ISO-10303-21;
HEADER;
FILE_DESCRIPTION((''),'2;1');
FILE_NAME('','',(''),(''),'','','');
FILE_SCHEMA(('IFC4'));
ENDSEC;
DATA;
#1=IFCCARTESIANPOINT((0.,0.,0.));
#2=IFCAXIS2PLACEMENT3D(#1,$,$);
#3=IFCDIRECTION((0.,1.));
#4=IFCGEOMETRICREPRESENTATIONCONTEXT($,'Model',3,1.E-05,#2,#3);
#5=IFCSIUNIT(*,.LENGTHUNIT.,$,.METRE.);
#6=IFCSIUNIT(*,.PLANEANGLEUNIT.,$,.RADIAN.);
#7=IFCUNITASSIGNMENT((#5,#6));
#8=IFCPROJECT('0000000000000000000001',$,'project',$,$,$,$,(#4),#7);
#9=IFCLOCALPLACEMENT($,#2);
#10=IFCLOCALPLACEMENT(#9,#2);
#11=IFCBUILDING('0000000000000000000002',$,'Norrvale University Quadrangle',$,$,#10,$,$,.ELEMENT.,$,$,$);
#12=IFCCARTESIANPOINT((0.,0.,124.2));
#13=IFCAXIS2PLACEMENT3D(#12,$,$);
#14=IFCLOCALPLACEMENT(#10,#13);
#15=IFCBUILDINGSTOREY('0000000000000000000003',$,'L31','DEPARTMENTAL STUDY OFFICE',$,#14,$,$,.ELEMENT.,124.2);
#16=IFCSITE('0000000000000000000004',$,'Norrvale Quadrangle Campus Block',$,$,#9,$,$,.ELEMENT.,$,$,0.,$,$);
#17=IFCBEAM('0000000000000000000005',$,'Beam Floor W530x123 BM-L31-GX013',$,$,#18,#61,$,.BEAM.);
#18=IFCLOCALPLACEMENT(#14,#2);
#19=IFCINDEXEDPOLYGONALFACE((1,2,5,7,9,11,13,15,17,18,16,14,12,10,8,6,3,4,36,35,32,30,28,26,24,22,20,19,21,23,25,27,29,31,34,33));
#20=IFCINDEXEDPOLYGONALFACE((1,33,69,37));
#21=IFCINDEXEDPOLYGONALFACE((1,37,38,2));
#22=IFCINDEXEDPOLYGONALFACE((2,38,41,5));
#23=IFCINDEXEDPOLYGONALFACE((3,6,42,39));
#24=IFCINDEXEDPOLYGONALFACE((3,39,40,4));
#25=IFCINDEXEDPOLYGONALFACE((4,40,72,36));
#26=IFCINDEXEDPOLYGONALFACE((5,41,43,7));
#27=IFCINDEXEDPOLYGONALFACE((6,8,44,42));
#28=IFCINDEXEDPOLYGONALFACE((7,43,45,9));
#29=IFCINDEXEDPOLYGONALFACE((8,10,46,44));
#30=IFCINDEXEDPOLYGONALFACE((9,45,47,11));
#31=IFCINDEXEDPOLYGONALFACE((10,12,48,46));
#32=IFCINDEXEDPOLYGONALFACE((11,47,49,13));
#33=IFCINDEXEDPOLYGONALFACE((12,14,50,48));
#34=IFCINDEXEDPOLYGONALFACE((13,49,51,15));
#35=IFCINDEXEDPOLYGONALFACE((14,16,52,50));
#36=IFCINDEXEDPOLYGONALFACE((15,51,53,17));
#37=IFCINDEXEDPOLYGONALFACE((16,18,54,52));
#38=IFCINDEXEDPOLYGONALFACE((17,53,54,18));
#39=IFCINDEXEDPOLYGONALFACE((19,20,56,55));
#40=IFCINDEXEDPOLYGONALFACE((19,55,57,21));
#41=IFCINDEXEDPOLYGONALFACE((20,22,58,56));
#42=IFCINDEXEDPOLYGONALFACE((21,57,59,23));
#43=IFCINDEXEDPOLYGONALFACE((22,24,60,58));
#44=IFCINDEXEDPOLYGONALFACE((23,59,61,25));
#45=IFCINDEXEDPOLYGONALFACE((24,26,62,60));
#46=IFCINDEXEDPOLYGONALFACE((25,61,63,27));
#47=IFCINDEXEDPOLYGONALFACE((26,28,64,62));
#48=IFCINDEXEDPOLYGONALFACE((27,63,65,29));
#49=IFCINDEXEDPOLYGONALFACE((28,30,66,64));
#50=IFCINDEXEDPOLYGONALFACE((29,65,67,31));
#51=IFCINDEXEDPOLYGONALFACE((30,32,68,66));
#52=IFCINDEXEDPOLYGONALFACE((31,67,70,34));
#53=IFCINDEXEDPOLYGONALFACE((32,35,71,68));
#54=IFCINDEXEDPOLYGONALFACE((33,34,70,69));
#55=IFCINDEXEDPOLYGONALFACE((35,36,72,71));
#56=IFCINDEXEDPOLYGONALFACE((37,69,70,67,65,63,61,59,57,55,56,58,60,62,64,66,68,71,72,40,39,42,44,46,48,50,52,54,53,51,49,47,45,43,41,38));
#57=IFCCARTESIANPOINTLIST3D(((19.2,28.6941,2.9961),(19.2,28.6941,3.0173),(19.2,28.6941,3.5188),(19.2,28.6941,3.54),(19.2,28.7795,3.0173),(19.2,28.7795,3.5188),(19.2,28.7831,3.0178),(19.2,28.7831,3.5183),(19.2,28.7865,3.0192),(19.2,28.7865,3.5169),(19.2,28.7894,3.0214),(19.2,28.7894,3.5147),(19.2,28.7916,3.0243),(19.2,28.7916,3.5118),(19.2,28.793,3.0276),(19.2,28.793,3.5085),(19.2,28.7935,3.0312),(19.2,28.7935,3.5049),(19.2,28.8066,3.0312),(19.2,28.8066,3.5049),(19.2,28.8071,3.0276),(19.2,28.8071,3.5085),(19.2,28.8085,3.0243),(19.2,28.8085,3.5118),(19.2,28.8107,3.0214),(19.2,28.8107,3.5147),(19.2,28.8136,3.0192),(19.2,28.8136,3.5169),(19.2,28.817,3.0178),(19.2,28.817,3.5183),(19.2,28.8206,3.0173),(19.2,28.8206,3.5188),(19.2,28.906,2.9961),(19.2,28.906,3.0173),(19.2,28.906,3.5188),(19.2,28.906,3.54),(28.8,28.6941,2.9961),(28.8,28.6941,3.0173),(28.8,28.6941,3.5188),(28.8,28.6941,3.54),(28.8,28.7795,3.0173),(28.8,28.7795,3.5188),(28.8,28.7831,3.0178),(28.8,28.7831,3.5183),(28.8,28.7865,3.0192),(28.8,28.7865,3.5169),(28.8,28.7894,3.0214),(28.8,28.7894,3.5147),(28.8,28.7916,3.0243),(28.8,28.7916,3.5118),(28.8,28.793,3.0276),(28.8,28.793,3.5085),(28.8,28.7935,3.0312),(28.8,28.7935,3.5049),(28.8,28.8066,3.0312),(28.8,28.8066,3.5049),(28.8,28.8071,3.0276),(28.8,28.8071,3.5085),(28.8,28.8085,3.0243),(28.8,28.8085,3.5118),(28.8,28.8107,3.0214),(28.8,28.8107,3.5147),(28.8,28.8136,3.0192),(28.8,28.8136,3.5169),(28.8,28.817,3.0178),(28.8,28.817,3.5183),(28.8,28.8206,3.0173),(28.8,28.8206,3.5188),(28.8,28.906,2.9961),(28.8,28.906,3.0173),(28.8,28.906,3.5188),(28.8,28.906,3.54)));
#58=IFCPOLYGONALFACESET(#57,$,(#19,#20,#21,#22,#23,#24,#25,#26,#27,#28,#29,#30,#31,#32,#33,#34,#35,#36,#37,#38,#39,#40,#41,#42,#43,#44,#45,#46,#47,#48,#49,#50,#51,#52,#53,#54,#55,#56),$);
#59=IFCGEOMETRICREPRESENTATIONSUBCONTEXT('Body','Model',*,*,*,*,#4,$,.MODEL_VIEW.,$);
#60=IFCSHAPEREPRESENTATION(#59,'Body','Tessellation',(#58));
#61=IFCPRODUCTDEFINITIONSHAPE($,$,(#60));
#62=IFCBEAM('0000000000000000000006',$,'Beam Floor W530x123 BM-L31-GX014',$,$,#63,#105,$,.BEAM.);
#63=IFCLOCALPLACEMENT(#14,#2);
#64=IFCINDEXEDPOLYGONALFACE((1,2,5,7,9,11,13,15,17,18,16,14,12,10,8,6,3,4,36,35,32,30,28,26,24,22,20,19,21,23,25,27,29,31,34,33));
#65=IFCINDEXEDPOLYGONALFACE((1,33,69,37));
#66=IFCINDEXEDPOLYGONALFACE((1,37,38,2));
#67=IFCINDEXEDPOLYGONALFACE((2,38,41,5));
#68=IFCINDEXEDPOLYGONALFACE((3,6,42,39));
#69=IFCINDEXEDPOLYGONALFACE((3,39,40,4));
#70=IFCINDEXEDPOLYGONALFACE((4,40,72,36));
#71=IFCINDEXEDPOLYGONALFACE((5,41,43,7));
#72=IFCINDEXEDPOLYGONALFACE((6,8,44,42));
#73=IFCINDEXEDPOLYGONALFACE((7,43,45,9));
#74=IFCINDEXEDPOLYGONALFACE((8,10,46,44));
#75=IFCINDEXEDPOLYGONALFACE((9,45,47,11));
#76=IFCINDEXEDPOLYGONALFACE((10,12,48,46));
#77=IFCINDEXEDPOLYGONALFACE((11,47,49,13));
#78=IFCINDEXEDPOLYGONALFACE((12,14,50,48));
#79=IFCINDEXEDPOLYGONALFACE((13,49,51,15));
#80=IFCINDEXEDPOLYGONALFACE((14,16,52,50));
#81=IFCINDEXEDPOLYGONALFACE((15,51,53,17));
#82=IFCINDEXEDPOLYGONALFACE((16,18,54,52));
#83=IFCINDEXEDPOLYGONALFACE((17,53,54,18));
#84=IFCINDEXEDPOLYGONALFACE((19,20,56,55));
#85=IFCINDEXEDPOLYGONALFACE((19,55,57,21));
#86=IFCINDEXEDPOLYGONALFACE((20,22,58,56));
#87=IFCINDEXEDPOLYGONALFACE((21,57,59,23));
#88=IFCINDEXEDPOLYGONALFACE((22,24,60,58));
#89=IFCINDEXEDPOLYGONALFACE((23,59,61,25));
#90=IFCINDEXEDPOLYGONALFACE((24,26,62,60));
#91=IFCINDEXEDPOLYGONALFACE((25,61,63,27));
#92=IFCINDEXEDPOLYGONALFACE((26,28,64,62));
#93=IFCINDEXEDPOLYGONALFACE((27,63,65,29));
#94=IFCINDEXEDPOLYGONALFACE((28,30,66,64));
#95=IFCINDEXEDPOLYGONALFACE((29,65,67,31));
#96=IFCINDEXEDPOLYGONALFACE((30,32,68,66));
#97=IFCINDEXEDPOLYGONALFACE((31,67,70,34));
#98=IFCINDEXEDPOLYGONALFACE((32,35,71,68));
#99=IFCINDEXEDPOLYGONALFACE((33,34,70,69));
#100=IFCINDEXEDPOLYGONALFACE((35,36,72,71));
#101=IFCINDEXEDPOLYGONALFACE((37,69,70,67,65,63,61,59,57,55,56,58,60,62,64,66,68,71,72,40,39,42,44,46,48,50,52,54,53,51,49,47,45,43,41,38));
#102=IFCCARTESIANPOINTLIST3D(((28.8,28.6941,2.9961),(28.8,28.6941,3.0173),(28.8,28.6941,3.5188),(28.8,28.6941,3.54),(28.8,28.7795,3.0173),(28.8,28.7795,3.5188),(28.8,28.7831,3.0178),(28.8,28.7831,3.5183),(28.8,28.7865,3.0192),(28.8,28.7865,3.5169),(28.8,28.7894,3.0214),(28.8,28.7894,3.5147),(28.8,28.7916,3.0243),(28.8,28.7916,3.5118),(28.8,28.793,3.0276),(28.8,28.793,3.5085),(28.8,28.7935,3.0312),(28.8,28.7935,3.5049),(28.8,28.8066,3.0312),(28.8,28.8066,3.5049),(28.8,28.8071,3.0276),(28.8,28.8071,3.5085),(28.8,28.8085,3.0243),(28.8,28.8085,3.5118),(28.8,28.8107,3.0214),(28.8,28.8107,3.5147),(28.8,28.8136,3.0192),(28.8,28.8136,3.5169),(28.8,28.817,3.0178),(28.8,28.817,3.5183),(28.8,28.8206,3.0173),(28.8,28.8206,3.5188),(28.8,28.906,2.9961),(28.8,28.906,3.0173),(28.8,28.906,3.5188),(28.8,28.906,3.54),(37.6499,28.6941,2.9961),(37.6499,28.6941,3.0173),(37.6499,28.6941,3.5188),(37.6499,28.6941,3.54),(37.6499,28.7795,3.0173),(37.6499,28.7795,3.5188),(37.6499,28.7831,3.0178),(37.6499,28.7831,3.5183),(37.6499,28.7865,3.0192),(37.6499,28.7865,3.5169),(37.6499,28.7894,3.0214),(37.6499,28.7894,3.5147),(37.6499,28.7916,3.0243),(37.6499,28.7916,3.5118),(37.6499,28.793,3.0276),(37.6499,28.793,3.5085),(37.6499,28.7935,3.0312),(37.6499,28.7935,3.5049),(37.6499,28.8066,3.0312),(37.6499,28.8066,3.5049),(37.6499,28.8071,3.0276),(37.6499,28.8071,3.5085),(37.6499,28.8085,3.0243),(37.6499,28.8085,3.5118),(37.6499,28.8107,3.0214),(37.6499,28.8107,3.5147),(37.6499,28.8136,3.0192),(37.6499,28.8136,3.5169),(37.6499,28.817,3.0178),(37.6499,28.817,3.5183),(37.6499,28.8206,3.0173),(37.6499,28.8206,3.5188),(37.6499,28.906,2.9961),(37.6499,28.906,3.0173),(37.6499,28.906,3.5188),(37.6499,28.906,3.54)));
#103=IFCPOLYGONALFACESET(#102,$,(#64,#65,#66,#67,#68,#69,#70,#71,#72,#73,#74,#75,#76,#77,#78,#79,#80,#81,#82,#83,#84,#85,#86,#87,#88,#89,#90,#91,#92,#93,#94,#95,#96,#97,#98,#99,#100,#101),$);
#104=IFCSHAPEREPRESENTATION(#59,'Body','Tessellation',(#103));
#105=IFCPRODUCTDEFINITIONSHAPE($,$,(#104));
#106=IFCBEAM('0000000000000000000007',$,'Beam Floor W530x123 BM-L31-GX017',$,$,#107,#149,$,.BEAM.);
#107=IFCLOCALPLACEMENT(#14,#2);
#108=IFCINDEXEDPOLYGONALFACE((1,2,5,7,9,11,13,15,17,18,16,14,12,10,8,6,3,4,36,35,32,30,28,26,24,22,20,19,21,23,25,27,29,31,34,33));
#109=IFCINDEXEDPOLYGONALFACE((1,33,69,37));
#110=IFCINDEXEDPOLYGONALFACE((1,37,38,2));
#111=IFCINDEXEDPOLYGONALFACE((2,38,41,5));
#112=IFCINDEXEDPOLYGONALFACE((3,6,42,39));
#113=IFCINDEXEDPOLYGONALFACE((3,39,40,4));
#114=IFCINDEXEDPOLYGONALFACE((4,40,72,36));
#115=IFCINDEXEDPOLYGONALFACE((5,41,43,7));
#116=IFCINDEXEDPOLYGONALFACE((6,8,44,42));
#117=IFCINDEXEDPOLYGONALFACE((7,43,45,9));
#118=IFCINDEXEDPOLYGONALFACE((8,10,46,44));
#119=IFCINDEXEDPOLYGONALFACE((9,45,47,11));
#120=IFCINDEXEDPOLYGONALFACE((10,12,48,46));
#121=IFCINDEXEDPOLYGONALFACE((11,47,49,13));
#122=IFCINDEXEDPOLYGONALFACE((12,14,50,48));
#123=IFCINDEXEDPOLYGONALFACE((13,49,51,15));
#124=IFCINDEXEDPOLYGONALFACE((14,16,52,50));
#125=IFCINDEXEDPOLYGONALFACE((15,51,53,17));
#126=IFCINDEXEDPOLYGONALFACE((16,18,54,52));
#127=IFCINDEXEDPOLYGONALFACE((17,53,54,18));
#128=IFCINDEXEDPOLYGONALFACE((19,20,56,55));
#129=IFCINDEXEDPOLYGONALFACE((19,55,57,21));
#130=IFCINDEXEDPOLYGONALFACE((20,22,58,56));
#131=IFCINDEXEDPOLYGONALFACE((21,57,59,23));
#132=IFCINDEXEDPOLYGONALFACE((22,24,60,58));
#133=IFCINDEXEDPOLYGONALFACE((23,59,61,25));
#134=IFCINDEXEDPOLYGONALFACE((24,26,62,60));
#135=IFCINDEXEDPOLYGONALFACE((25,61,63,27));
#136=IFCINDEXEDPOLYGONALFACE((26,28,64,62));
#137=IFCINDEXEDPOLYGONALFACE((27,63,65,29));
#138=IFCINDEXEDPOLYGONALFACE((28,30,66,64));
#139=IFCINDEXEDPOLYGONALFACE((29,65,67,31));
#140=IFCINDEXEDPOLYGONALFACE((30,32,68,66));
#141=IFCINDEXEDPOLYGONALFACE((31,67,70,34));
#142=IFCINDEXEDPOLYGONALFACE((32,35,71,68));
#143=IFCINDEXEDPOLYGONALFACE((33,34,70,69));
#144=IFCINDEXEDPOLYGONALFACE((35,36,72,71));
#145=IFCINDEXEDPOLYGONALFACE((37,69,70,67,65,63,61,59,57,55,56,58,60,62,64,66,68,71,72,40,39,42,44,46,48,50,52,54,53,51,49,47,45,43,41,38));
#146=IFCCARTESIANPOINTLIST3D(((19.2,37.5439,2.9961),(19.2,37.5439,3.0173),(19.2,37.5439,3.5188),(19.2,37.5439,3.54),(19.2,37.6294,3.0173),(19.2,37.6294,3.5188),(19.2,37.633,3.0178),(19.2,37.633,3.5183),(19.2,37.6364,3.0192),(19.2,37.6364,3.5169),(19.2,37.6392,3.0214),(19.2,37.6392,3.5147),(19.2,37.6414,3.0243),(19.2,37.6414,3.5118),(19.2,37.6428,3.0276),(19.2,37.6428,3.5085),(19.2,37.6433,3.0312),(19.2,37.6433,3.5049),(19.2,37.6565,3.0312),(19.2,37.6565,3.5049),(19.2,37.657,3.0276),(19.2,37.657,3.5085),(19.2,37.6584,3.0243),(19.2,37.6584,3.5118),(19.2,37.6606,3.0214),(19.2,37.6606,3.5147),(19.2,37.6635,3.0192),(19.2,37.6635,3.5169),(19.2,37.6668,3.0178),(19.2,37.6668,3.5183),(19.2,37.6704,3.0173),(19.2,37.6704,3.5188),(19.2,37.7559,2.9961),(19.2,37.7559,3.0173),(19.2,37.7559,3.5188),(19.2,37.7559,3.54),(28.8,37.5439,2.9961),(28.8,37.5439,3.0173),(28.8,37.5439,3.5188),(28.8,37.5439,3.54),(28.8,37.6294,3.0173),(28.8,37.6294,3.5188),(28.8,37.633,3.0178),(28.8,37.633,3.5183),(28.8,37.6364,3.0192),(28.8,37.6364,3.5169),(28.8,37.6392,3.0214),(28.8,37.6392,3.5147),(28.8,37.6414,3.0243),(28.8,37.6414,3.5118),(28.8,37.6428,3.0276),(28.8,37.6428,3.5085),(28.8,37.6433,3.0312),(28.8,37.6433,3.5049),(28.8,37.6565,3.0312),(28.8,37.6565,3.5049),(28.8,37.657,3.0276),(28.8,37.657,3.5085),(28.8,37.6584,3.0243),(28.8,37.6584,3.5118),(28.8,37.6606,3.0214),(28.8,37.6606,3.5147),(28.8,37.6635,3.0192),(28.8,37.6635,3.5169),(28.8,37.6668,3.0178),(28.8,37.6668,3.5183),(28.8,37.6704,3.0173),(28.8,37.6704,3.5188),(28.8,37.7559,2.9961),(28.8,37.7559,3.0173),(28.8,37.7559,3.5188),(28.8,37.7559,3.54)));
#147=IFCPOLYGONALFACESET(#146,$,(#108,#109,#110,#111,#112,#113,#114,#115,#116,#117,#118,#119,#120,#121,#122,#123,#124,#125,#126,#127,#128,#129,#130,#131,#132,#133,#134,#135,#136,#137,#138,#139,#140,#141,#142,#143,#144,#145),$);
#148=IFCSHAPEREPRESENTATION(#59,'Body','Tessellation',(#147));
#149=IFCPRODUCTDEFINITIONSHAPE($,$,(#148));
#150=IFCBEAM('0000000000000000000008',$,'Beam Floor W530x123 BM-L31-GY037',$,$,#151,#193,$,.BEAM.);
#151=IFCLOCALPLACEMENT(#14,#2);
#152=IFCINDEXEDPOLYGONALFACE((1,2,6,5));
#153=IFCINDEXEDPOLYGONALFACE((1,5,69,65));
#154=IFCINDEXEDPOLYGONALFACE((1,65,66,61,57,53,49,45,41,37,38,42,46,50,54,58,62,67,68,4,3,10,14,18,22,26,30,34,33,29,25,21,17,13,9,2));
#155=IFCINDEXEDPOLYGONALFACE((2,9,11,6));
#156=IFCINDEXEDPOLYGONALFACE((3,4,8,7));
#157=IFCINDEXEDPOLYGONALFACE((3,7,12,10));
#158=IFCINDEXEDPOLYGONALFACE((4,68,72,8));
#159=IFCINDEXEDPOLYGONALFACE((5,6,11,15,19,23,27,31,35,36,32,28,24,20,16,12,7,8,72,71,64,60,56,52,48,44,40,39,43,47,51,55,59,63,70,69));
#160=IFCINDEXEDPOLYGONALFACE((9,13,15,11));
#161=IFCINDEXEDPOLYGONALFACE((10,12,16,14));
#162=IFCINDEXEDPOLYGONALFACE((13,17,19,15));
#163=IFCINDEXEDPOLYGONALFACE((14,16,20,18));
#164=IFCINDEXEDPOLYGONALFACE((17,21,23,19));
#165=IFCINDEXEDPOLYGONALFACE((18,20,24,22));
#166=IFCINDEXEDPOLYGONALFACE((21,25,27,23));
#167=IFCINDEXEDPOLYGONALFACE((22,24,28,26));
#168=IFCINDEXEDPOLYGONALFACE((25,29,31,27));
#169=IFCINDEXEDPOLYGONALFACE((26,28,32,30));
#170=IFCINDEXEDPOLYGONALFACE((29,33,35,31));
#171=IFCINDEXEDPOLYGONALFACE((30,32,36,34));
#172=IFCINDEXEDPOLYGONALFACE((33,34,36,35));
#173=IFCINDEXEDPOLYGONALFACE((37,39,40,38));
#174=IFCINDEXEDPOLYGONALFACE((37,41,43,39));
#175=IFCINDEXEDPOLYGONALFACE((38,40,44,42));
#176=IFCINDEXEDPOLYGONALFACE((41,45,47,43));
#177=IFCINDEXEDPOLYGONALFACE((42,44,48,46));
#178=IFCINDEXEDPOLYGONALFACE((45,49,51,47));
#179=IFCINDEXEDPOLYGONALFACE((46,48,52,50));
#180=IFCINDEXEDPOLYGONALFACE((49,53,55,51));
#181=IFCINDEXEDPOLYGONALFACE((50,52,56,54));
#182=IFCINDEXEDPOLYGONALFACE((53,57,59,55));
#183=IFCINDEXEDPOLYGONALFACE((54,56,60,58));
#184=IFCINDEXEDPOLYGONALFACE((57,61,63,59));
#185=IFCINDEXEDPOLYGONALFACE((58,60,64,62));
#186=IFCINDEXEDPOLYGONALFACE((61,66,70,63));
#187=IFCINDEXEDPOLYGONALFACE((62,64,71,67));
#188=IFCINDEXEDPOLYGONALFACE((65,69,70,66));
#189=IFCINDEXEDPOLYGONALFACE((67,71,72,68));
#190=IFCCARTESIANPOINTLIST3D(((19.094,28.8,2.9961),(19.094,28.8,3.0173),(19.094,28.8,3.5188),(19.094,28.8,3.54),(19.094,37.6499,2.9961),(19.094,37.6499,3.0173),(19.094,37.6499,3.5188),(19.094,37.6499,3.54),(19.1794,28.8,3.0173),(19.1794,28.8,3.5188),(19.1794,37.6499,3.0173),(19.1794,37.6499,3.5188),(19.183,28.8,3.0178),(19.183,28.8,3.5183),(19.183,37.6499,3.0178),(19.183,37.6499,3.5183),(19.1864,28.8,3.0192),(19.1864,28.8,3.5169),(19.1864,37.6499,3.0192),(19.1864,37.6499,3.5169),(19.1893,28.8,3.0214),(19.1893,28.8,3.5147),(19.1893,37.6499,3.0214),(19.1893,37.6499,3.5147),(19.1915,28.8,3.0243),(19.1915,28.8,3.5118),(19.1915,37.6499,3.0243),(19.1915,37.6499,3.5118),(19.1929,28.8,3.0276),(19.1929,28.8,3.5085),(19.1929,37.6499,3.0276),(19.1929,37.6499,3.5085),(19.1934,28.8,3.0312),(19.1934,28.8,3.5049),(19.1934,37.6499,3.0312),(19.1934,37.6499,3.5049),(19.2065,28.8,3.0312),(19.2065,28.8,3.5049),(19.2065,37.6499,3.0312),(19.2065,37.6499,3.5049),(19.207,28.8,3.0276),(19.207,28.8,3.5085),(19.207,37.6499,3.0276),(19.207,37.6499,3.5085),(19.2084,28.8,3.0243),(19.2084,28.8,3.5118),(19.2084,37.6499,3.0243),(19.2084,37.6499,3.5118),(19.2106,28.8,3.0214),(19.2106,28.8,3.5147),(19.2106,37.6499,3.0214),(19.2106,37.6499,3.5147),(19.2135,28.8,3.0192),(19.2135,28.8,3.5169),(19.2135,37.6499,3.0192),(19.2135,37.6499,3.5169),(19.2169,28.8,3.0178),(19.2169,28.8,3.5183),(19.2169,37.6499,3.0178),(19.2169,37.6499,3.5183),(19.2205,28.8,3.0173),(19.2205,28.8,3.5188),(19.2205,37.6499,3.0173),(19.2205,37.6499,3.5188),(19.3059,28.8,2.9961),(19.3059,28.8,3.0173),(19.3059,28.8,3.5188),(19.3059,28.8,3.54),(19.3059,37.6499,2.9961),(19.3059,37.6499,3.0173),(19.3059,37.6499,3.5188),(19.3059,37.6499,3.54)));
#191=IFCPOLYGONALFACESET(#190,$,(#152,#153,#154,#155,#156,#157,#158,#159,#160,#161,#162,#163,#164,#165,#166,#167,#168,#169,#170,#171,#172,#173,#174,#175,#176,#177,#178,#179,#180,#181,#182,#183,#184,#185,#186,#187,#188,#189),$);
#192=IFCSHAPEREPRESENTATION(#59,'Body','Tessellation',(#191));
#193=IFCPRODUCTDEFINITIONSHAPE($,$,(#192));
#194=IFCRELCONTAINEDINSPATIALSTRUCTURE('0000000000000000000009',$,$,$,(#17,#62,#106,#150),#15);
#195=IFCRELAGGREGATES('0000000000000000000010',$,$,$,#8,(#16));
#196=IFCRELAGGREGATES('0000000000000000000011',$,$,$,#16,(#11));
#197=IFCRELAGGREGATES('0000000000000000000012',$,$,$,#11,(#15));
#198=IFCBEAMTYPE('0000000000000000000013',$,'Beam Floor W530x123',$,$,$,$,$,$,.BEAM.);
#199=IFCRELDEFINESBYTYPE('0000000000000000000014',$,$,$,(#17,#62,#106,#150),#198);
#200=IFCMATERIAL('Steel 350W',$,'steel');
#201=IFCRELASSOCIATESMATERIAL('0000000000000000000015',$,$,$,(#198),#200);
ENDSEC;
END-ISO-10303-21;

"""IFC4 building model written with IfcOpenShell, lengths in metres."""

from ifc_helpers import new_model, si_unit, direction, frame, origin, origin_2d, place, context, subcontext, project, spatial, i_section, extrude, material, material_profile, profile_set, type_object, element, save


model = new_model("IFC4")

# Units and contexts
model_context = context("Model", 3, precision=1e-05, world=origin(), true_north=direction((0.0, 1.0)))
body_context = subcontext(model_context, "Body", "Model", "MODEL_VIEW")
ifc_project = project(units=[si_unit("LENGTHUNIT", "METRE"), si_unit("PLANEANGLEUNIT", "RADIAN")], contexts=[model_context])

# Site, building, storey
site_placement = place(None, origin())
site = spatial("IfcSite", under=ifc_project, at=site_placement, Name="Norrvale Quadrangle Campus Block", CompositionType="ELEMENT", RefElevation=0.0)
building_placement = place(site_placement, origin())
building = spatial("IfcBuilding", under=site, at=building_placement, Name="Norrvale University Quadrangle", CompositionType="ELEMENT")
storey_placement = place(building_placement, frame((0.0, 0.0, 124.2)))
storey = spatial("IfcBuildingStorey", under=building, at=storey_placement, Name="L31", Description="DEPARTMENTAL STUDY OFFICE", CompositionType="ELEMENT", Elevation=124.2)

# Beams
ifc_material_1 = material(Name="Steel 350W", Category="steel")
ifc_material_profile_1 = material_profile(ifc_material_1, i_section(OverallWidth=0.2119, OverallDepth=0.5439, WebThickness=0.0132, FlangeThickness=0.0212, FilletRadius=0.0139, at=origin_2d()), Name="Steel 350W")
ifc_profile_set_1 = profile_set([ifc_material_profile_1], Name="Steel 350W")
beam_type_1 = type_object("IfcBeamType", Name="Beam Floor W530x123", PredefinedType="BEAM", material=ifc_profile_set_1)
beam_1_placement = place(storey_placement, frame((19.2, 28.8, 3.2681), z_axis=(1.0, 0.0, 0.0), x_axis=(0.0, 1.0, 0.0)))
element("IfcBeam", 1, at=beam_1_placement, inside=storey, type_object=beam_type_1, Name="Beam Floor W530x123 BM-L31-GX013", PredefinedType="BEAM", context=body_context, shape_type="SweptSolid", body=[
    extrude(i_section(OverallWidth=0.2119, OverallDepth=0.5439, WebThickness=0.0132, FlangeThickness=0.0212, FilletRadius=0.0139, at=origin_2d()), origin(), (0.0, 0.0, 1.0), 9.6001),
])
beam_2_placement = place(storey_placement, frame((28.8, 28.8, 3.2681), z_axis=(1.0, 0.0, 0.0), x_axis=(0.0, 1.0, 0.0)))
element("IfcBeam", 2, at=beam_2_placement, inside=storey, type_object=beam_type_1, Name="Beam Floor W530x123 BM-L31-GX014", PredefinedType="BEAM", context=body_context, shape_type="SweptSolid", body=[
    extrude(i_section(OverallWidth=0.2119, OverallDepth=0.5439, WebThickness=0.0132, FlangeThickness=0.0212, FilletRadius=0.0139, at=origin_2d()), origin(), (0.0, 0.0, 1.0), 8.8499),
])
beam_3_placement = place(storey_placement, frame((19.2, 37.6499, 3.2681), z_axis=(1.0, 0.0, 0.0), x_axis=(0.0, 1.0, 0.0)))
element("IfcBeam", 3, at=beam_3_placement, inside=storey, type_object=beam_type_1, Name="Beam Floor W530x123 BM-L31-GX017", PredefinedType="BEAM", context=body_context, shape_type="SweptSolid", body=[
    extrude(i_section(OverallWidth=0.2119, OverallDepth=0.5439, WebThickness=0.0132, FlangeThickness=0.0212, FilletRadius=0.0139, at=origin_2d()), origin(), (0.0, 0.0, 1.0), 9.6001),
])
beam_4_placement = place(storey_placement, frame((19.2, 28.8, 3.2681), z_axis=(0.0, 1.0, 0.0), x_axis=(-1.0, 0.0, 0.0)))
element("IfcBeam", 4, at=beam_4_placement, inside=storey, type_object=beam_type_1, Name="Beam Floor W530x123 BM-L31-GY037", PredefinedType="BEAM", context=body_context, shape_type="SweptSolid", body=[
    extrude(i_section(OverallWidth=0.2119, OverallDepth=0.5439, WebThickness=0.0132, FlangeThickness=0.0212, FilletRadius=0.0139, at=origin_2d()), origin(), (0.0, 0.0, 1.0), 8.8499),
])

save(model, "model.ifc")
